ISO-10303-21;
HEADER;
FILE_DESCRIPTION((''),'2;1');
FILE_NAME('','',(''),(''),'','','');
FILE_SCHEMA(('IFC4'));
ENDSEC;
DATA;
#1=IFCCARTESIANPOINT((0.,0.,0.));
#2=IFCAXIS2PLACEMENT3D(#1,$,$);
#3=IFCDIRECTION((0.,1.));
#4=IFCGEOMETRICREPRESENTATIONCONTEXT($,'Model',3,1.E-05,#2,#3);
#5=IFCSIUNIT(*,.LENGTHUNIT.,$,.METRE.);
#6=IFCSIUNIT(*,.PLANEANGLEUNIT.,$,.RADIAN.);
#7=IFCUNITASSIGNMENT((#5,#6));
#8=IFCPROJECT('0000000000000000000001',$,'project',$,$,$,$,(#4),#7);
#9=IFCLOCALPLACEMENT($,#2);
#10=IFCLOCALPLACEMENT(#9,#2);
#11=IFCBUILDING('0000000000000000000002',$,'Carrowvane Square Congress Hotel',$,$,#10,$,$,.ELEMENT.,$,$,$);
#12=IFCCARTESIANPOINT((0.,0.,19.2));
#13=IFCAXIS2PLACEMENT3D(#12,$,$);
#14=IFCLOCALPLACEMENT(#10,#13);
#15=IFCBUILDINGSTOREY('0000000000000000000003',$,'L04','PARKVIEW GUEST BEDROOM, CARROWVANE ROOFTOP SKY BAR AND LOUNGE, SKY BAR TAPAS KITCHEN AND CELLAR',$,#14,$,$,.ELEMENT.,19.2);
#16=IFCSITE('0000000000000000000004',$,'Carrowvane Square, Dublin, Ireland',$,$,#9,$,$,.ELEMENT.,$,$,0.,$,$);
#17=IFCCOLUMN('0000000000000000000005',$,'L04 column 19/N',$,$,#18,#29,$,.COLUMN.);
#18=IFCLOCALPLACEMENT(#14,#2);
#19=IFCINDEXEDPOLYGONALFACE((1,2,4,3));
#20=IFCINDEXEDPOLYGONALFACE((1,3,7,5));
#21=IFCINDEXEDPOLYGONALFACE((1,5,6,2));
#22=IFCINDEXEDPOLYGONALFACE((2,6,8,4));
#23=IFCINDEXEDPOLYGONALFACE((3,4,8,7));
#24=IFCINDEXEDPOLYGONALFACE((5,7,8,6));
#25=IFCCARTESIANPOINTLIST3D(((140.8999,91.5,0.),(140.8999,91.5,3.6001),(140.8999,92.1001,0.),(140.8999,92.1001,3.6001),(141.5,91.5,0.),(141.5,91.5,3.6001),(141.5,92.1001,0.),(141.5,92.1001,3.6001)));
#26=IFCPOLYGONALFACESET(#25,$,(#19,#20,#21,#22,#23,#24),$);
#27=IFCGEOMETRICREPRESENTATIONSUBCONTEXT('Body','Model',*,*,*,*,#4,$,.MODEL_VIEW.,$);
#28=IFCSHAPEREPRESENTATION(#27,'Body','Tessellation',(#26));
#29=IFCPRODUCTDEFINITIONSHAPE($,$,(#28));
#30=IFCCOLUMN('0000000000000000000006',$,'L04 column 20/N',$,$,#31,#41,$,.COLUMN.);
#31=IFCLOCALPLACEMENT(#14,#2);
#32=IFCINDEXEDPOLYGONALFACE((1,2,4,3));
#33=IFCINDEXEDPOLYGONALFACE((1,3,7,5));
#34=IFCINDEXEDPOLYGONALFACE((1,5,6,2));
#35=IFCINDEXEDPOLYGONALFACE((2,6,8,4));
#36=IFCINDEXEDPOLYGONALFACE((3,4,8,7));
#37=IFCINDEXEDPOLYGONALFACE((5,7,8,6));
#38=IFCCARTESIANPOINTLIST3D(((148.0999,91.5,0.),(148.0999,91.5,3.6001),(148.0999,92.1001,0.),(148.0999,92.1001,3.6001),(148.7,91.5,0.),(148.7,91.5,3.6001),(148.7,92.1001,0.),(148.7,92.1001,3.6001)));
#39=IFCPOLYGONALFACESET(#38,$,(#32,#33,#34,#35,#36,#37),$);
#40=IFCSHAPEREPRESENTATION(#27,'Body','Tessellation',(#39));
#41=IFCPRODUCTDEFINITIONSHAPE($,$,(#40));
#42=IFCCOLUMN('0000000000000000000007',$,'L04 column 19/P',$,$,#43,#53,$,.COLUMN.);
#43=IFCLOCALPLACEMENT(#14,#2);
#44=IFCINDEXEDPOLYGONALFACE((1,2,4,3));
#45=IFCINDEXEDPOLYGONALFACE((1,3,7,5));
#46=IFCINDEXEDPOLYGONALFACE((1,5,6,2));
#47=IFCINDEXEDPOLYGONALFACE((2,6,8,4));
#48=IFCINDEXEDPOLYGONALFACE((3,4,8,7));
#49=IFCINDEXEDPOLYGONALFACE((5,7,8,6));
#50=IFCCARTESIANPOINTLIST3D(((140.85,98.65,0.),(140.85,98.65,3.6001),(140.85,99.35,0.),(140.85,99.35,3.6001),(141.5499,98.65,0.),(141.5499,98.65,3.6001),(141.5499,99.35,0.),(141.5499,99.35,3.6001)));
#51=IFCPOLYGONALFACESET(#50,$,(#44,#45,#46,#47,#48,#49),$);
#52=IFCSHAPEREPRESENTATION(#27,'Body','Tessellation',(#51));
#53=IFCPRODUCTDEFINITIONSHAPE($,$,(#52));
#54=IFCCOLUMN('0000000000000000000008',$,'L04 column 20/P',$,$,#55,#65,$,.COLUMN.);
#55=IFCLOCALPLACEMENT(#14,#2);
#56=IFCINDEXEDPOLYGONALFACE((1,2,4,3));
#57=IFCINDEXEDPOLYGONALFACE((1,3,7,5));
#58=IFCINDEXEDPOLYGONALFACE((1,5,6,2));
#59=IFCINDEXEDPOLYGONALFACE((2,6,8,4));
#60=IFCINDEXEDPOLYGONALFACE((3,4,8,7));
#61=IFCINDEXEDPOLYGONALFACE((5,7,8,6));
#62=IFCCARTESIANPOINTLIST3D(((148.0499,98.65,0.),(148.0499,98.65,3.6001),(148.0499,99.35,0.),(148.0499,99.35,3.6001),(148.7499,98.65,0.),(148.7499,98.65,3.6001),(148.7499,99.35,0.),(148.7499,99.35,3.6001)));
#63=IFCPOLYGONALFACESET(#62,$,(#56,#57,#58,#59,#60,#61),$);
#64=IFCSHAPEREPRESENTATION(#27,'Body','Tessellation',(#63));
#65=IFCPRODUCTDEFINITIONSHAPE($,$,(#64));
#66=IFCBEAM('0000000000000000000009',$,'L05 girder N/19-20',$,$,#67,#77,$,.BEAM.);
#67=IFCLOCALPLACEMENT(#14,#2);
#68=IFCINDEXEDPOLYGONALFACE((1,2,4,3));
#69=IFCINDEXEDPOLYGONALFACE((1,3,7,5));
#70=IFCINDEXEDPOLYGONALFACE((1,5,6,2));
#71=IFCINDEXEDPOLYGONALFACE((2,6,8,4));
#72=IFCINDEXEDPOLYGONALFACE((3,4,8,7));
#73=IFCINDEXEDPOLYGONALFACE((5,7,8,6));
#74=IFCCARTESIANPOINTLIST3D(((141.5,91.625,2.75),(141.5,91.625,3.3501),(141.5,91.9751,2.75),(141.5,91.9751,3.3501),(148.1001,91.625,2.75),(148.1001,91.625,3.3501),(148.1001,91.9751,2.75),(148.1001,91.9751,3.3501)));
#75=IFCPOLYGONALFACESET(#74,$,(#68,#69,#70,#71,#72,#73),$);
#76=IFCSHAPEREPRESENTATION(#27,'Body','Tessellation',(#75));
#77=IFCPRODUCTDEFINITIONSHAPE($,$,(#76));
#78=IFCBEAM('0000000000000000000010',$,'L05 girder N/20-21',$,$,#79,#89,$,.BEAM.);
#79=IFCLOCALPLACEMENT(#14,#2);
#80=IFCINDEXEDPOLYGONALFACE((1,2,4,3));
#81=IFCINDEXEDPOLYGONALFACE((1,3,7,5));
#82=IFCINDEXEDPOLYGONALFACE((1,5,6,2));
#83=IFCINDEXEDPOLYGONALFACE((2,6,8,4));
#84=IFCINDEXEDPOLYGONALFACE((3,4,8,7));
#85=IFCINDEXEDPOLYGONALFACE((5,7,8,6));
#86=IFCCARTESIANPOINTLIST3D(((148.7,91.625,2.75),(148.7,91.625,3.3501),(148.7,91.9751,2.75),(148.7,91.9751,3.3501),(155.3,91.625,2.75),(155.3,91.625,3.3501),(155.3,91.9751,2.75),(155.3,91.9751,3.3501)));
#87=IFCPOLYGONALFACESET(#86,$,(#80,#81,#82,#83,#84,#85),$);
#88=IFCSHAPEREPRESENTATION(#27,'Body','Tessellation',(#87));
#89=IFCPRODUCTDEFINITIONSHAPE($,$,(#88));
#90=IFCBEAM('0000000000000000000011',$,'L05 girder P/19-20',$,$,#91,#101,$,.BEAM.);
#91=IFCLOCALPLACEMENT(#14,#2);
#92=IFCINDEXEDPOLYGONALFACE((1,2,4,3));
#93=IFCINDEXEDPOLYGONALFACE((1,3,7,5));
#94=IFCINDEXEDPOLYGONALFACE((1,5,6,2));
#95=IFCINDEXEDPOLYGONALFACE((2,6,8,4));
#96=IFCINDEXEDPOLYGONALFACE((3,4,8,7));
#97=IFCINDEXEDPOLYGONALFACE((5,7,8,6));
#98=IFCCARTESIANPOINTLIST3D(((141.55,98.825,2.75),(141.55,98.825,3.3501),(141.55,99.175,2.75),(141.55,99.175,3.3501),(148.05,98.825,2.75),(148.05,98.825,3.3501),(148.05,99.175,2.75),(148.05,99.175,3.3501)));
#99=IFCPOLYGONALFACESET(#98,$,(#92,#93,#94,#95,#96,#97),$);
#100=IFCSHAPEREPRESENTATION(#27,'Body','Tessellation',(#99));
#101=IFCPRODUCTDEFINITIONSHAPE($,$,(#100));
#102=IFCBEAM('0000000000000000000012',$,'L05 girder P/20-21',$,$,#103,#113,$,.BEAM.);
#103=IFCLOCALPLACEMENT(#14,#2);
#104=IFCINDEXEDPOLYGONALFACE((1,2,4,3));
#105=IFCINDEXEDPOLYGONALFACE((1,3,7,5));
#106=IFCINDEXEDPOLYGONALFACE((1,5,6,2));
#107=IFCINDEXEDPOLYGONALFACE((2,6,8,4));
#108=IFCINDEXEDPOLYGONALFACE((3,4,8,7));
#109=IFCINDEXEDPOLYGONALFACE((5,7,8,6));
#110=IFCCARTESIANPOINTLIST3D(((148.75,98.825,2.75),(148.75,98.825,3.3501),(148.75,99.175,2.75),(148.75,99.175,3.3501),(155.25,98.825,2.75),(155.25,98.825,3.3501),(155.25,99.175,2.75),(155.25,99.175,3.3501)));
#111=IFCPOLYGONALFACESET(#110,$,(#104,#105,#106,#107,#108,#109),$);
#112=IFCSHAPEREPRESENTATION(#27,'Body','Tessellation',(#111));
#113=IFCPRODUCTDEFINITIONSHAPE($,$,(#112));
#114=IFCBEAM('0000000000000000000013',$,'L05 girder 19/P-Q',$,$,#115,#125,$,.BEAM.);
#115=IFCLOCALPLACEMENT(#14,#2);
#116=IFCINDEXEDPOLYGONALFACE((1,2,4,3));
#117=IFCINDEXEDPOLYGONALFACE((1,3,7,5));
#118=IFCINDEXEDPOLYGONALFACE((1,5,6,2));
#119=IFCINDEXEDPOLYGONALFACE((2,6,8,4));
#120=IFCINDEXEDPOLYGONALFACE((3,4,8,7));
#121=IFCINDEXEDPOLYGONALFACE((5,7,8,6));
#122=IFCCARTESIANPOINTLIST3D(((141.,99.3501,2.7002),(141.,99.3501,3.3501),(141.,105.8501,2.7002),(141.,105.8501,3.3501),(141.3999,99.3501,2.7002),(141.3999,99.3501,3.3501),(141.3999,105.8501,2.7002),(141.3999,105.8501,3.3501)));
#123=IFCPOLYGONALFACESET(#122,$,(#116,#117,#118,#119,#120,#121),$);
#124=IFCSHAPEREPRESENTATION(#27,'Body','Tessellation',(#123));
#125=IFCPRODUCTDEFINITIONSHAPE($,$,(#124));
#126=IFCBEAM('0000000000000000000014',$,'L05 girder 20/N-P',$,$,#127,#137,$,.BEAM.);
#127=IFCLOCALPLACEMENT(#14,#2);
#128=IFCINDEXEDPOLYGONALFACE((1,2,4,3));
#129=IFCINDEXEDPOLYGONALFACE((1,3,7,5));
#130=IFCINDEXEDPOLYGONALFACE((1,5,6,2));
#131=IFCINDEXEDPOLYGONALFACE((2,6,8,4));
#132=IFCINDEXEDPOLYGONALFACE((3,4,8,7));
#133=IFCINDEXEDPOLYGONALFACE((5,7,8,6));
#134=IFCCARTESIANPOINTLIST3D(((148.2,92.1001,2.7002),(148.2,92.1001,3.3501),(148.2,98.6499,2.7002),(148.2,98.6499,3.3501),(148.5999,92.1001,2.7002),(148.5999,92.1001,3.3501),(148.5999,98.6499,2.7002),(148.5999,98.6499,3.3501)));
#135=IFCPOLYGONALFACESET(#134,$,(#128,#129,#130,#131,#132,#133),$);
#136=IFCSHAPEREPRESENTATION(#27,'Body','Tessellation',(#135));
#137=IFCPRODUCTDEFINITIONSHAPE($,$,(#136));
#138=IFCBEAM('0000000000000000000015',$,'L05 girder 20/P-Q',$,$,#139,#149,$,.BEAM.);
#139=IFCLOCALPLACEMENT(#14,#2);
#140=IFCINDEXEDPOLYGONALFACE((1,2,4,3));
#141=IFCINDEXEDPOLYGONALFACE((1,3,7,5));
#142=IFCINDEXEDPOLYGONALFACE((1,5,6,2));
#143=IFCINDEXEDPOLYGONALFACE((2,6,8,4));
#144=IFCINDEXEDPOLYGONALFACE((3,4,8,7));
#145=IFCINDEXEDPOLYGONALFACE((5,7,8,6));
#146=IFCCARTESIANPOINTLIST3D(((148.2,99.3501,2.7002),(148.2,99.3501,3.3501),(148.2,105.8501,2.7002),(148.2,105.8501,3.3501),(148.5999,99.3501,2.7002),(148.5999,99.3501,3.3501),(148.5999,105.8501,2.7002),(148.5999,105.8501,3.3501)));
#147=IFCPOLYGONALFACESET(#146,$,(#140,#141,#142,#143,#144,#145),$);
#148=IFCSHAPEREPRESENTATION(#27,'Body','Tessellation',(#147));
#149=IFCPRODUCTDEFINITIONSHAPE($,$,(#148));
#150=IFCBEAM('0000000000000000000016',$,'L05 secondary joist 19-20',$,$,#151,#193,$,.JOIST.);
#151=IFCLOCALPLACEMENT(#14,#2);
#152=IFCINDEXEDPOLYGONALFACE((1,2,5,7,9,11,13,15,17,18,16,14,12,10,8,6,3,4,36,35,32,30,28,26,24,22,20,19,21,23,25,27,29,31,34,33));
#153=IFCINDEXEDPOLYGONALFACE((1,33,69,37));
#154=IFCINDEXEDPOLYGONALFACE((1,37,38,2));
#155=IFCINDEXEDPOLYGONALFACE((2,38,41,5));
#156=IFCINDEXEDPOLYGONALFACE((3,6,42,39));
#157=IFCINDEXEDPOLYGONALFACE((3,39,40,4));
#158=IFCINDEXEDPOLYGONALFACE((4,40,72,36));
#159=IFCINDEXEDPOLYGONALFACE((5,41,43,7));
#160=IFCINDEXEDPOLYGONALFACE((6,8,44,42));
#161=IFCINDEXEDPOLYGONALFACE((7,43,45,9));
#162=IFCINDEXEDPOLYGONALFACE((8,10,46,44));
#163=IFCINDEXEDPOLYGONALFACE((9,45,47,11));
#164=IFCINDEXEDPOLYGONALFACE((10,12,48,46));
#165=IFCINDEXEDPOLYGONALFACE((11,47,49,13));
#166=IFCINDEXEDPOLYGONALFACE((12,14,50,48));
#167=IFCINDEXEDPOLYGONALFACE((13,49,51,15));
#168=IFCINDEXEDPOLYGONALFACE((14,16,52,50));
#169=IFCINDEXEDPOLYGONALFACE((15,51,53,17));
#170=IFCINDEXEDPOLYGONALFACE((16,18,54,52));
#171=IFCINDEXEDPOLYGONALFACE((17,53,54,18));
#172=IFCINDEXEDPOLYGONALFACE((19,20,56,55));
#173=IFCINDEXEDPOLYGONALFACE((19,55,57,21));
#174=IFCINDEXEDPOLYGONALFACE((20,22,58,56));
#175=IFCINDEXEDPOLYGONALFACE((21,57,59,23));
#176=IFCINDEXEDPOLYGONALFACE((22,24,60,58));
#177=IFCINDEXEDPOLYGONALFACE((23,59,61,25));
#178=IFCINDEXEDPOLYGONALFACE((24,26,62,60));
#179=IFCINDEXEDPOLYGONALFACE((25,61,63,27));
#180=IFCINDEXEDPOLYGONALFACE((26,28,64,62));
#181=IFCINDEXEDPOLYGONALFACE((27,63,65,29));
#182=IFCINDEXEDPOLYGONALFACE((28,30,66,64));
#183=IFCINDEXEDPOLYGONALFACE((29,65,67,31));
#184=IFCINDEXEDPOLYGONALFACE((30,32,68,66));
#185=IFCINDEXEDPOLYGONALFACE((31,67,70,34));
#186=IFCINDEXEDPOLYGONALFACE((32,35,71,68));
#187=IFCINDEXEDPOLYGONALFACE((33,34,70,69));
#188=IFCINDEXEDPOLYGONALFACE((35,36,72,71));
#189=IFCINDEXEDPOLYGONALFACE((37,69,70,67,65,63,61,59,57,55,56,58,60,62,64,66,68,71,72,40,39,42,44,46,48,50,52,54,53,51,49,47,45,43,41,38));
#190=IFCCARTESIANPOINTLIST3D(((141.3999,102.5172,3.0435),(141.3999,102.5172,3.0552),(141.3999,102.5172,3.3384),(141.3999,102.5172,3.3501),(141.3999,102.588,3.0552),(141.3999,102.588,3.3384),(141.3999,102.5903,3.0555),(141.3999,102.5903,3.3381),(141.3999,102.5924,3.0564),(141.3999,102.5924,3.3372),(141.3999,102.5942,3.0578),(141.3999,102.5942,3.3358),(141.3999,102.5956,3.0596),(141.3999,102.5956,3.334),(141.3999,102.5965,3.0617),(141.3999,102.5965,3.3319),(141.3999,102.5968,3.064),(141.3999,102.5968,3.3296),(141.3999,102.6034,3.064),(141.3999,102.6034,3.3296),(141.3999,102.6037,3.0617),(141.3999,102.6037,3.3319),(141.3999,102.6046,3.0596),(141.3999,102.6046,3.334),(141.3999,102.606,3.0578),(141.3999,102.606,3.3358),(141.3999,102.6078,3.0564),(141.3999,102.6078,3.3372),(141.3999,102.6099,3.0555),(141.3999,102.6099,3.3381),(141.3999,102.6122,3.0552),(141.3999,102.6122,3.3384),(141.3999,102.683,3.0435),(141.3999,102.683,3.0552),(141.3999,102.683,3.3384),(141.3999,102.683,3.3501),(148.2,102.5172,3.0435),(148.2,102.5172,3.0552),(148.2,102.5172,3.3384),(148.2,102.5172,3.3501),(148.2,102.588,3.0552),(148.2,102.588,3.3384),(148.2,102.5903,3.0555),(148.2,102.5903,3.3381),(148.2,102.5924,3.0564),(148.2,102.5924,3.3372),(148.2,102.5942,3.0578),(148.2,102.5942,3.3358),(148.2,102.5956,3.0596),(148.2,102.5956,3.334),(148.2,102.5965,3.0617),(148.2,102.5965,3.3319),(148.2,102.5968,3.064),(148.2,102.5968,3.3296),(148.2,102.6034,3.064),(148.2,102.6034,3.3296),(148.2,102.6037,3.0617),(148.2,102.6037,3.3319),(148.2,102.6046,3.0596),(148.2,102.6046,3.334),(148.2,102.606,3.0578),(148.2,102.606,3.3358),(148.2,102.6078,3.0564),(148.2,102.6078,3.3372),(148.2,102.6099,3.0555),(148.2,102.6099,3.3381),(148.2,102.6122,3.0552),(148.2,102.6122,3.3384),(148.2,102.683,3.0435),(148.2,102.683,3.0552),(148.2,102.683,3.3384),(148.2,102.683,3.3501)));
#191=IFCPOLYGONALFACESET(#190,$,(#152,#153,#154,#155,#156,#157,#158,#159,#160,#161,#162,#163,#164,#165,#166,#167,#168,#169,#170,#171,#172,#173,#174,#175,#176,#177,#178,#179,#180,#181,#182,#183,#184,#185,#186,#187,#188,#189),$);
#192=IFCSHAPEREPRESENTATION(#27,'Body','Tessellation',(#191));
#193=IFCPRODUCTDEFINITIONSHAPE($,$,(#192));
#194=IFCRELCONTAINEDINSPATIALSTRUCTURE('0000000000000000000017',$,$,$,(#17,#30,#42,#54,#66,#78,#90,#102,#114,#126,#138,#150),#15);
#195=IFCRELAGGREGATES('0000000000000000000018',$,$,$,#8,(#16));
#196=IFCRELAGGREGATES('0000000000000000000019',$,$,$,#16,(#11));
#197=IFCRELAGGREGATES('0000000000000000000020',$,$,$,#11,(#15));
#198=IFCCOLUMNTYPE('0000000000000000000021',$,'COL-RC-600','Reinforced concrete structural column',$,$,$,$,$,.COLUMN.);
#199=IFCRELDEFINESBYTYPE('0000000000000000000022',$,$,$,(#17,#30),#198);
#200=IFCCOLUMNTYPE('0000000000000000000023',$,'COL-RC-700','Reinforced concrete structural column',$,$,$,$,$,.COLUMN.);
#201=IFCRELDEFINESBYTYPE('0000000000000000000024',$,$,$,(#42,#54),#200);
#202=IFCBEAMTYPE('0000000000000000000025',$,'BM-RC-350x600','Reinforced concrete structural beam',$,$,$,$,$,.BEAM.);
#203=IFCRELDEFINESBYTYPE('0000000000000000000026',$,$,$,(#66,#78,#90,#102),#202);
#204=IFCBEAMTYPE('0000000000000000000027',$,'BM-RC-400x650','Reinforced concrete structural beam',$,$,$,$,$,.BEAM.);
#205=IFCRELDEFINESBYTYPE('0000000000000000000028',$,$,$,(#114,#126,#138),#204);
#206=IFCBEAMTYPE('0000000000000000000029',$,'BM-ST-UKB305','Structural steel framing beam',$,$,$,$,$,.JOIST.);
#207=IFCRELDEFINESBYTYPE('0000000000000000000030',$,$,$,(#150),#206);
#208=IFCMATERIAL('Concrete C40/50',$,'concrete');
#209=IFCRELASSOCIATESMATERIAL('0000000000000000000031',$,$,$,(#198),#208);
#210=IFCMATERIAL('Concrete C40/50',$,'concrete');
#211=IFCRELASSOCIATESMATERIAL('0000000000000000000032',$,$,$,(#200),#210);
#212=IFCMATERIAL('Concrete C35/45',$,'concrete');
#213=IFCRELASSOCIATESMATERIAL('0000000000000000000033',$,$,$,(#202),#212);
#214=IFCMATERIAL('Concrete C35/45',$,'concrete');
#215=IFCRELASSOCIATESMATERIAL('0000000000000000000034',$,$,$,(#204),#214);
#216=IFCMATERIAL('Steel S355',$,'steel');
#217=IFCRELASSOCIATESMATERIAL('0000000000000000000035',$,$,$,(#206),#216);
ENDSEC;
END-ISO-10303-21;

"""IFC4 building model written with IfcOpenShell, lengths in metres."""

from ifc_helpers import new_model, si_unit, direction, frame, origin, origin_2d, place, context, subcontext, project, spatial, rectangle, i_section, extrude, material, material_profile, profile_set, type_object, element, save


model = new_model("IFC4")

# Units and contexts
model_context = context("Model", 3, precision=1e-05, world=origin(), true_north=direction((0.0, 1.0)))
body_context = subcontext(model_context, "Body", "Model", "MODEL_VIEW")
ifc_project = project(units=[si_unit("LENGTHUNIT", "METRE"), si_unit("PLANEANGLEUNIT", "RADIAN")], contexts=[model_context])

# Site, building, storey
site_placement = place(None, origin())
site = spatial("IfcSite", under=ifc_project, at=site_placement, Name="Carrowvane Square, Dublin, Ireland", CompositionType="ELEMENT", RefElevation=0.0)
building_placement = place(site_placement, origin())
building = spatial("IfcBuilding", under=site, at=building_placement, Name="Carrowvane Square Congress Hotel", CompositionType="ELEMENT")
storey_placement = place(building_placement, frame((0.0, 0.0, 19.2)))
storey = spatial("IfcBuildingStorey", under=building, at=storey_placement, Name="L04", Description="PARKVIEW GUEST BEDROOM, CARROWVANE ROOFTOP SKY BAR AND LOUNGE, SKY BAR TAPAS KITCHEN AND CELLAR", CompositionType="ELEMENT", Elevation=19.2)

# Columns
ifc_material_1 = material(Name="Concrete C40/50", Category="concrete")
ifc_material_profile_1 = material_profile(ifc_material_1, rectangle(XDim=0.6001, YDim=0.6001, at=origin_2d()), Name="RC 600x600")
ifc_profile_set_1 = profile_set([ifc_material_profile_1], Name="Concrete C40/50")
column_type_1 = type_object("IfcColumnType", Name="COL-RC-600", Description="Reinforced concrete structural column", PredefinedType="COLUMN", material=ifc_profile_set_1)
for number, where, z_axis, x_axis, name in (
    (1, (141.2, 91.8, 0.0), (0.0, 0.0, 1.0), (1.0, 0.0, 0.0), "L04 column 19/N"),
    (2, (148.3999, 91.8, 0.0), (0.0, 0.0, 1.0), (1.0, 0.0, 0.0), "L04 column 20/N"),
):
    element("IfcColumn", number, at=place(storey_placement, frame(where, z_axis=z_axis, x_axis=x_axis)), inside=storey, type_object=column_type_1, Name=name, PredefinedType="COLUMN", context=body_context, shape_type="SweptSolid", body=[
        extrude(rectangle(XDim=0.6001, YDim=0.6001, at=origin_2d()), origin(), (0.0, 0.0, 1.0), 3.6001),
    ])
ifc_material_2 = material(Name="Concrete C40/50", Category="concrete")
ifc_material_profile_2 = material_profile(ifc_material_2, rectangle(XDim=0.7, YDim=0.7, at=origin_2d()), Name="RC 700x700")
ifc_profile_set_2 = profile_set([ifc_material_profile_2], Name="Concrete C40/50")
column_type_2 = type_object("IfcColumnType", Name="COL-RC-700", Description="Reinforced concrete structural column", PredefinedType="COLUMN", material=ifc_profile_set_2)
for number, where, z_axis, x_axis, name in (
    (3, (141.2, 99.0, 0.0), (0.0, 0.0, 1.0), (1.0, 0.0, 0.0), "L04 column 19/P"),
    (4, (148.3999, 99.0, 0.0), (0.0, 0.0, 1.0), (1.0, 0.0, 0.0), "L04 column 20/P"),
):
    element("IfcColumn", number, at=place(storey_placement, frame(where, z_axis=z_axis, x_axis=x_axis)), inside=storey, type_object=column_type_2, Name=name, PredefinedType="COLUMN", context=body_context, shape_type="SweptSolid", body=[
        extrude(rectangle(XDim=0.7, YDim=0.7, at=origin_2d()), origin(), (0.0, 0.0, 1.0), 3.6001),
    ])

# Beams
ifc_material_3 = material(Name="Concrete C35/45", Category="concrete")
ifc_material_profile_3 = material_profile(ifc_material_3, rectangle(XDim=0.3501, YDim=0.6001, at=origin_2d()), Name="RC 350x600")
ifc_profile_set_3 = profile_set([ifc_material_profile_3], Name="Concrete C35/45")
beam_type_1 = type_object("IfcBeamType", Name="BM-RC-350x600", Description="Reinforced concrete structural beam", PredefinedType="BEAM", material=ifc_profile_set_3)
for number, where, z_axis, x_axis, name in (
    (5, (141.5, 91.8, 3.05), (1.0, 0.0, 0.0), (0.0, 1.0, 0.0), "L05 girder N/19-20"),
    (6, (148.7, 91.8, 3.05), (1.0, 0.0, 0.0), (0.0, 1.0, 0.0), "L05 girder N/20-21"),
):
    element("IfcBeam", number, at=place(storey_placement, frame(where, z_axis=z_axis, x_axis=x_axis)), inside=storey, type_object=beam_type_1, Name=name, PredefinedType="BEAM", context=body_context, shape_type="SweptSolid", body=[
        extrude(rectangle(XDim=0.3501, YDim=0.6001, at=origin_2d()), origin(), (0.0, 0.0, 1.0), 6.6001),
    ])
for number, where, z_axis, x_axis, name in (
    (7, (141.55, 99.0, 3.05), (1.0, 0.0, 0.0), (0.0, 1.0, 0.0), "L05 girder P/19-20"),
    (8, (148.75, 99.0, 3.05), (1.0, 0.0, 0.0), (0.0, 1.0, 0.0), "L05 girder P/20-21"),
):
    element("IfcBeam", number, at=place(storey_placement, frame(where, z_axis=z_axis, x_axis=x_axis)), inside=storey, type_object=beam_type_1, Name=name, PredefinedType="BEAM", context=body_context, shape_type="SweptSolid", body=[
        extrude(rectangle(XDim=0.3501, YDim=0.6001, at=origin_2d()), origin(), (0.0, 0.0, 1.0), 6.5),
    ])
ifc_material_4 = material(Name="Concrete C35/45", Category="concrete")
ifc_material_profile_4 = material_profile(ifc_material_4, rectangle(XDim=0.3999, YDim=0.6499, at=origin_2d()), Name="RC 400x650")
ifc_profile_set_4 = profile_set([ifc_material_profile_4], Name="Concrete C35/45")
beam_type_2 = type_object("IfcBeamType", Name="BM-RC-400x650", Description="Reinforced concrete structural beam", PredefinedType="BEAM", material=ifc_profile_set_4)
beam_1_placement = place(storey_placement, frame((141.2, 99.3501, 3.0251), z_axis=(0.0, 1.0, 0.0), x_axis=(-1.0, 0.0, 0.0)))
element("IfcBeam", 9, at=beam_1_placement, inside=storey, type_object=beam_type_2, Name="L05 girder 19/P-Q", PredefinedType="BEAM", context=body_context, shape_type="SweptSolid", body=[
    extrude(rectangle(XDim=0.3999, YDim=0.6499, at=origin_2d()), origin(), (0.0, 0.0, 1.0), 6.5),
])
beam_2_placement = place(storey_placement, frame((148.3999, 92.1001, 3.0251), z_axis=(0.0, 1.0, 0.0), x_axis=(-1.0, 0.0, 0.0)))
element("IfcBeam", 10, at=beam_2_placement, inside=storey, type_object=beam_type_2, Name="L05 girder 20/N-P", PredefinedType="BEAM", context=body_context, shape_type="SweptSolid", body=[
    extrude(rectangle(XDim=0.3999, YDim=0.6499, at=origin_2d()), origin(), (0.0, 0.0, 1.0), 6.5498),
])
beam_3_placement = place(storey_placement, frame((148.3999, 99.3501, 3.0251), z_axis=(0.0, 1.0, 0.0), x_axis=(-1.0, 0.0, 0.0)))
element("IfcBeam", 11, at=beam_3_placement, inside=storey, type_object=beam_type_2, Name="L05 girder 20/P-Q", PredefinedType="BEAM", context=body_context, shape_type="SweptSolid", body=[
    extrude(rectangle(XDim=0.3999, YDim=0.6499, at=origin_2d()), origin(), (0.0, 0.0, 1.0), 6.5),
])
ifc_material_5 = material(Name="Steel S355", Category="steel")
ifc_material_profile_5 = material_profile(ifc_material_5, i_section(OverallWidth=0.1658, OverallDepth=0.3066, WebThickness=0.0066, FlangeThickness=0.0117, FilletRadius=0.0088, at=origin_2d()), Name="UKB 305x165x46")
ifc_profile_set_5 = profile_set([ifc_material_profile_5], Name="Steel S355")
beam_type_3 = type_object("IfcBeamType", Name="BM-ST-UKB305", Description="Structural steel framing beam", PredefinedType="JOIST", material=ifc_profile_set_5)
beam_4_placement = place(storey_placement, frame((141.3999, 102.6001, 3.1968), z_axis=(1.0, 0.0, 0.0), x_axis=(0.0, 1.0, 0.0)))
element("IfcBeam", 12, at=beam_4_placement, inside=storey, type_object=beam_type_3, Name="L05 secondary joist 19-20", PredefinedType="JOIST", context=body_context, shape_type="SweptSolid", body=[
    extrude(i_section(OverallWidth=0.1658, OverallDepth=0.3066, WebThickness=0.0066, FlangeThickness=0.0117, FilletRadius=0.0088, at=origin_2d()), origin(), (0.0, 0.0, 1.0), 6.8),
])

save(model, "model.ifc")
